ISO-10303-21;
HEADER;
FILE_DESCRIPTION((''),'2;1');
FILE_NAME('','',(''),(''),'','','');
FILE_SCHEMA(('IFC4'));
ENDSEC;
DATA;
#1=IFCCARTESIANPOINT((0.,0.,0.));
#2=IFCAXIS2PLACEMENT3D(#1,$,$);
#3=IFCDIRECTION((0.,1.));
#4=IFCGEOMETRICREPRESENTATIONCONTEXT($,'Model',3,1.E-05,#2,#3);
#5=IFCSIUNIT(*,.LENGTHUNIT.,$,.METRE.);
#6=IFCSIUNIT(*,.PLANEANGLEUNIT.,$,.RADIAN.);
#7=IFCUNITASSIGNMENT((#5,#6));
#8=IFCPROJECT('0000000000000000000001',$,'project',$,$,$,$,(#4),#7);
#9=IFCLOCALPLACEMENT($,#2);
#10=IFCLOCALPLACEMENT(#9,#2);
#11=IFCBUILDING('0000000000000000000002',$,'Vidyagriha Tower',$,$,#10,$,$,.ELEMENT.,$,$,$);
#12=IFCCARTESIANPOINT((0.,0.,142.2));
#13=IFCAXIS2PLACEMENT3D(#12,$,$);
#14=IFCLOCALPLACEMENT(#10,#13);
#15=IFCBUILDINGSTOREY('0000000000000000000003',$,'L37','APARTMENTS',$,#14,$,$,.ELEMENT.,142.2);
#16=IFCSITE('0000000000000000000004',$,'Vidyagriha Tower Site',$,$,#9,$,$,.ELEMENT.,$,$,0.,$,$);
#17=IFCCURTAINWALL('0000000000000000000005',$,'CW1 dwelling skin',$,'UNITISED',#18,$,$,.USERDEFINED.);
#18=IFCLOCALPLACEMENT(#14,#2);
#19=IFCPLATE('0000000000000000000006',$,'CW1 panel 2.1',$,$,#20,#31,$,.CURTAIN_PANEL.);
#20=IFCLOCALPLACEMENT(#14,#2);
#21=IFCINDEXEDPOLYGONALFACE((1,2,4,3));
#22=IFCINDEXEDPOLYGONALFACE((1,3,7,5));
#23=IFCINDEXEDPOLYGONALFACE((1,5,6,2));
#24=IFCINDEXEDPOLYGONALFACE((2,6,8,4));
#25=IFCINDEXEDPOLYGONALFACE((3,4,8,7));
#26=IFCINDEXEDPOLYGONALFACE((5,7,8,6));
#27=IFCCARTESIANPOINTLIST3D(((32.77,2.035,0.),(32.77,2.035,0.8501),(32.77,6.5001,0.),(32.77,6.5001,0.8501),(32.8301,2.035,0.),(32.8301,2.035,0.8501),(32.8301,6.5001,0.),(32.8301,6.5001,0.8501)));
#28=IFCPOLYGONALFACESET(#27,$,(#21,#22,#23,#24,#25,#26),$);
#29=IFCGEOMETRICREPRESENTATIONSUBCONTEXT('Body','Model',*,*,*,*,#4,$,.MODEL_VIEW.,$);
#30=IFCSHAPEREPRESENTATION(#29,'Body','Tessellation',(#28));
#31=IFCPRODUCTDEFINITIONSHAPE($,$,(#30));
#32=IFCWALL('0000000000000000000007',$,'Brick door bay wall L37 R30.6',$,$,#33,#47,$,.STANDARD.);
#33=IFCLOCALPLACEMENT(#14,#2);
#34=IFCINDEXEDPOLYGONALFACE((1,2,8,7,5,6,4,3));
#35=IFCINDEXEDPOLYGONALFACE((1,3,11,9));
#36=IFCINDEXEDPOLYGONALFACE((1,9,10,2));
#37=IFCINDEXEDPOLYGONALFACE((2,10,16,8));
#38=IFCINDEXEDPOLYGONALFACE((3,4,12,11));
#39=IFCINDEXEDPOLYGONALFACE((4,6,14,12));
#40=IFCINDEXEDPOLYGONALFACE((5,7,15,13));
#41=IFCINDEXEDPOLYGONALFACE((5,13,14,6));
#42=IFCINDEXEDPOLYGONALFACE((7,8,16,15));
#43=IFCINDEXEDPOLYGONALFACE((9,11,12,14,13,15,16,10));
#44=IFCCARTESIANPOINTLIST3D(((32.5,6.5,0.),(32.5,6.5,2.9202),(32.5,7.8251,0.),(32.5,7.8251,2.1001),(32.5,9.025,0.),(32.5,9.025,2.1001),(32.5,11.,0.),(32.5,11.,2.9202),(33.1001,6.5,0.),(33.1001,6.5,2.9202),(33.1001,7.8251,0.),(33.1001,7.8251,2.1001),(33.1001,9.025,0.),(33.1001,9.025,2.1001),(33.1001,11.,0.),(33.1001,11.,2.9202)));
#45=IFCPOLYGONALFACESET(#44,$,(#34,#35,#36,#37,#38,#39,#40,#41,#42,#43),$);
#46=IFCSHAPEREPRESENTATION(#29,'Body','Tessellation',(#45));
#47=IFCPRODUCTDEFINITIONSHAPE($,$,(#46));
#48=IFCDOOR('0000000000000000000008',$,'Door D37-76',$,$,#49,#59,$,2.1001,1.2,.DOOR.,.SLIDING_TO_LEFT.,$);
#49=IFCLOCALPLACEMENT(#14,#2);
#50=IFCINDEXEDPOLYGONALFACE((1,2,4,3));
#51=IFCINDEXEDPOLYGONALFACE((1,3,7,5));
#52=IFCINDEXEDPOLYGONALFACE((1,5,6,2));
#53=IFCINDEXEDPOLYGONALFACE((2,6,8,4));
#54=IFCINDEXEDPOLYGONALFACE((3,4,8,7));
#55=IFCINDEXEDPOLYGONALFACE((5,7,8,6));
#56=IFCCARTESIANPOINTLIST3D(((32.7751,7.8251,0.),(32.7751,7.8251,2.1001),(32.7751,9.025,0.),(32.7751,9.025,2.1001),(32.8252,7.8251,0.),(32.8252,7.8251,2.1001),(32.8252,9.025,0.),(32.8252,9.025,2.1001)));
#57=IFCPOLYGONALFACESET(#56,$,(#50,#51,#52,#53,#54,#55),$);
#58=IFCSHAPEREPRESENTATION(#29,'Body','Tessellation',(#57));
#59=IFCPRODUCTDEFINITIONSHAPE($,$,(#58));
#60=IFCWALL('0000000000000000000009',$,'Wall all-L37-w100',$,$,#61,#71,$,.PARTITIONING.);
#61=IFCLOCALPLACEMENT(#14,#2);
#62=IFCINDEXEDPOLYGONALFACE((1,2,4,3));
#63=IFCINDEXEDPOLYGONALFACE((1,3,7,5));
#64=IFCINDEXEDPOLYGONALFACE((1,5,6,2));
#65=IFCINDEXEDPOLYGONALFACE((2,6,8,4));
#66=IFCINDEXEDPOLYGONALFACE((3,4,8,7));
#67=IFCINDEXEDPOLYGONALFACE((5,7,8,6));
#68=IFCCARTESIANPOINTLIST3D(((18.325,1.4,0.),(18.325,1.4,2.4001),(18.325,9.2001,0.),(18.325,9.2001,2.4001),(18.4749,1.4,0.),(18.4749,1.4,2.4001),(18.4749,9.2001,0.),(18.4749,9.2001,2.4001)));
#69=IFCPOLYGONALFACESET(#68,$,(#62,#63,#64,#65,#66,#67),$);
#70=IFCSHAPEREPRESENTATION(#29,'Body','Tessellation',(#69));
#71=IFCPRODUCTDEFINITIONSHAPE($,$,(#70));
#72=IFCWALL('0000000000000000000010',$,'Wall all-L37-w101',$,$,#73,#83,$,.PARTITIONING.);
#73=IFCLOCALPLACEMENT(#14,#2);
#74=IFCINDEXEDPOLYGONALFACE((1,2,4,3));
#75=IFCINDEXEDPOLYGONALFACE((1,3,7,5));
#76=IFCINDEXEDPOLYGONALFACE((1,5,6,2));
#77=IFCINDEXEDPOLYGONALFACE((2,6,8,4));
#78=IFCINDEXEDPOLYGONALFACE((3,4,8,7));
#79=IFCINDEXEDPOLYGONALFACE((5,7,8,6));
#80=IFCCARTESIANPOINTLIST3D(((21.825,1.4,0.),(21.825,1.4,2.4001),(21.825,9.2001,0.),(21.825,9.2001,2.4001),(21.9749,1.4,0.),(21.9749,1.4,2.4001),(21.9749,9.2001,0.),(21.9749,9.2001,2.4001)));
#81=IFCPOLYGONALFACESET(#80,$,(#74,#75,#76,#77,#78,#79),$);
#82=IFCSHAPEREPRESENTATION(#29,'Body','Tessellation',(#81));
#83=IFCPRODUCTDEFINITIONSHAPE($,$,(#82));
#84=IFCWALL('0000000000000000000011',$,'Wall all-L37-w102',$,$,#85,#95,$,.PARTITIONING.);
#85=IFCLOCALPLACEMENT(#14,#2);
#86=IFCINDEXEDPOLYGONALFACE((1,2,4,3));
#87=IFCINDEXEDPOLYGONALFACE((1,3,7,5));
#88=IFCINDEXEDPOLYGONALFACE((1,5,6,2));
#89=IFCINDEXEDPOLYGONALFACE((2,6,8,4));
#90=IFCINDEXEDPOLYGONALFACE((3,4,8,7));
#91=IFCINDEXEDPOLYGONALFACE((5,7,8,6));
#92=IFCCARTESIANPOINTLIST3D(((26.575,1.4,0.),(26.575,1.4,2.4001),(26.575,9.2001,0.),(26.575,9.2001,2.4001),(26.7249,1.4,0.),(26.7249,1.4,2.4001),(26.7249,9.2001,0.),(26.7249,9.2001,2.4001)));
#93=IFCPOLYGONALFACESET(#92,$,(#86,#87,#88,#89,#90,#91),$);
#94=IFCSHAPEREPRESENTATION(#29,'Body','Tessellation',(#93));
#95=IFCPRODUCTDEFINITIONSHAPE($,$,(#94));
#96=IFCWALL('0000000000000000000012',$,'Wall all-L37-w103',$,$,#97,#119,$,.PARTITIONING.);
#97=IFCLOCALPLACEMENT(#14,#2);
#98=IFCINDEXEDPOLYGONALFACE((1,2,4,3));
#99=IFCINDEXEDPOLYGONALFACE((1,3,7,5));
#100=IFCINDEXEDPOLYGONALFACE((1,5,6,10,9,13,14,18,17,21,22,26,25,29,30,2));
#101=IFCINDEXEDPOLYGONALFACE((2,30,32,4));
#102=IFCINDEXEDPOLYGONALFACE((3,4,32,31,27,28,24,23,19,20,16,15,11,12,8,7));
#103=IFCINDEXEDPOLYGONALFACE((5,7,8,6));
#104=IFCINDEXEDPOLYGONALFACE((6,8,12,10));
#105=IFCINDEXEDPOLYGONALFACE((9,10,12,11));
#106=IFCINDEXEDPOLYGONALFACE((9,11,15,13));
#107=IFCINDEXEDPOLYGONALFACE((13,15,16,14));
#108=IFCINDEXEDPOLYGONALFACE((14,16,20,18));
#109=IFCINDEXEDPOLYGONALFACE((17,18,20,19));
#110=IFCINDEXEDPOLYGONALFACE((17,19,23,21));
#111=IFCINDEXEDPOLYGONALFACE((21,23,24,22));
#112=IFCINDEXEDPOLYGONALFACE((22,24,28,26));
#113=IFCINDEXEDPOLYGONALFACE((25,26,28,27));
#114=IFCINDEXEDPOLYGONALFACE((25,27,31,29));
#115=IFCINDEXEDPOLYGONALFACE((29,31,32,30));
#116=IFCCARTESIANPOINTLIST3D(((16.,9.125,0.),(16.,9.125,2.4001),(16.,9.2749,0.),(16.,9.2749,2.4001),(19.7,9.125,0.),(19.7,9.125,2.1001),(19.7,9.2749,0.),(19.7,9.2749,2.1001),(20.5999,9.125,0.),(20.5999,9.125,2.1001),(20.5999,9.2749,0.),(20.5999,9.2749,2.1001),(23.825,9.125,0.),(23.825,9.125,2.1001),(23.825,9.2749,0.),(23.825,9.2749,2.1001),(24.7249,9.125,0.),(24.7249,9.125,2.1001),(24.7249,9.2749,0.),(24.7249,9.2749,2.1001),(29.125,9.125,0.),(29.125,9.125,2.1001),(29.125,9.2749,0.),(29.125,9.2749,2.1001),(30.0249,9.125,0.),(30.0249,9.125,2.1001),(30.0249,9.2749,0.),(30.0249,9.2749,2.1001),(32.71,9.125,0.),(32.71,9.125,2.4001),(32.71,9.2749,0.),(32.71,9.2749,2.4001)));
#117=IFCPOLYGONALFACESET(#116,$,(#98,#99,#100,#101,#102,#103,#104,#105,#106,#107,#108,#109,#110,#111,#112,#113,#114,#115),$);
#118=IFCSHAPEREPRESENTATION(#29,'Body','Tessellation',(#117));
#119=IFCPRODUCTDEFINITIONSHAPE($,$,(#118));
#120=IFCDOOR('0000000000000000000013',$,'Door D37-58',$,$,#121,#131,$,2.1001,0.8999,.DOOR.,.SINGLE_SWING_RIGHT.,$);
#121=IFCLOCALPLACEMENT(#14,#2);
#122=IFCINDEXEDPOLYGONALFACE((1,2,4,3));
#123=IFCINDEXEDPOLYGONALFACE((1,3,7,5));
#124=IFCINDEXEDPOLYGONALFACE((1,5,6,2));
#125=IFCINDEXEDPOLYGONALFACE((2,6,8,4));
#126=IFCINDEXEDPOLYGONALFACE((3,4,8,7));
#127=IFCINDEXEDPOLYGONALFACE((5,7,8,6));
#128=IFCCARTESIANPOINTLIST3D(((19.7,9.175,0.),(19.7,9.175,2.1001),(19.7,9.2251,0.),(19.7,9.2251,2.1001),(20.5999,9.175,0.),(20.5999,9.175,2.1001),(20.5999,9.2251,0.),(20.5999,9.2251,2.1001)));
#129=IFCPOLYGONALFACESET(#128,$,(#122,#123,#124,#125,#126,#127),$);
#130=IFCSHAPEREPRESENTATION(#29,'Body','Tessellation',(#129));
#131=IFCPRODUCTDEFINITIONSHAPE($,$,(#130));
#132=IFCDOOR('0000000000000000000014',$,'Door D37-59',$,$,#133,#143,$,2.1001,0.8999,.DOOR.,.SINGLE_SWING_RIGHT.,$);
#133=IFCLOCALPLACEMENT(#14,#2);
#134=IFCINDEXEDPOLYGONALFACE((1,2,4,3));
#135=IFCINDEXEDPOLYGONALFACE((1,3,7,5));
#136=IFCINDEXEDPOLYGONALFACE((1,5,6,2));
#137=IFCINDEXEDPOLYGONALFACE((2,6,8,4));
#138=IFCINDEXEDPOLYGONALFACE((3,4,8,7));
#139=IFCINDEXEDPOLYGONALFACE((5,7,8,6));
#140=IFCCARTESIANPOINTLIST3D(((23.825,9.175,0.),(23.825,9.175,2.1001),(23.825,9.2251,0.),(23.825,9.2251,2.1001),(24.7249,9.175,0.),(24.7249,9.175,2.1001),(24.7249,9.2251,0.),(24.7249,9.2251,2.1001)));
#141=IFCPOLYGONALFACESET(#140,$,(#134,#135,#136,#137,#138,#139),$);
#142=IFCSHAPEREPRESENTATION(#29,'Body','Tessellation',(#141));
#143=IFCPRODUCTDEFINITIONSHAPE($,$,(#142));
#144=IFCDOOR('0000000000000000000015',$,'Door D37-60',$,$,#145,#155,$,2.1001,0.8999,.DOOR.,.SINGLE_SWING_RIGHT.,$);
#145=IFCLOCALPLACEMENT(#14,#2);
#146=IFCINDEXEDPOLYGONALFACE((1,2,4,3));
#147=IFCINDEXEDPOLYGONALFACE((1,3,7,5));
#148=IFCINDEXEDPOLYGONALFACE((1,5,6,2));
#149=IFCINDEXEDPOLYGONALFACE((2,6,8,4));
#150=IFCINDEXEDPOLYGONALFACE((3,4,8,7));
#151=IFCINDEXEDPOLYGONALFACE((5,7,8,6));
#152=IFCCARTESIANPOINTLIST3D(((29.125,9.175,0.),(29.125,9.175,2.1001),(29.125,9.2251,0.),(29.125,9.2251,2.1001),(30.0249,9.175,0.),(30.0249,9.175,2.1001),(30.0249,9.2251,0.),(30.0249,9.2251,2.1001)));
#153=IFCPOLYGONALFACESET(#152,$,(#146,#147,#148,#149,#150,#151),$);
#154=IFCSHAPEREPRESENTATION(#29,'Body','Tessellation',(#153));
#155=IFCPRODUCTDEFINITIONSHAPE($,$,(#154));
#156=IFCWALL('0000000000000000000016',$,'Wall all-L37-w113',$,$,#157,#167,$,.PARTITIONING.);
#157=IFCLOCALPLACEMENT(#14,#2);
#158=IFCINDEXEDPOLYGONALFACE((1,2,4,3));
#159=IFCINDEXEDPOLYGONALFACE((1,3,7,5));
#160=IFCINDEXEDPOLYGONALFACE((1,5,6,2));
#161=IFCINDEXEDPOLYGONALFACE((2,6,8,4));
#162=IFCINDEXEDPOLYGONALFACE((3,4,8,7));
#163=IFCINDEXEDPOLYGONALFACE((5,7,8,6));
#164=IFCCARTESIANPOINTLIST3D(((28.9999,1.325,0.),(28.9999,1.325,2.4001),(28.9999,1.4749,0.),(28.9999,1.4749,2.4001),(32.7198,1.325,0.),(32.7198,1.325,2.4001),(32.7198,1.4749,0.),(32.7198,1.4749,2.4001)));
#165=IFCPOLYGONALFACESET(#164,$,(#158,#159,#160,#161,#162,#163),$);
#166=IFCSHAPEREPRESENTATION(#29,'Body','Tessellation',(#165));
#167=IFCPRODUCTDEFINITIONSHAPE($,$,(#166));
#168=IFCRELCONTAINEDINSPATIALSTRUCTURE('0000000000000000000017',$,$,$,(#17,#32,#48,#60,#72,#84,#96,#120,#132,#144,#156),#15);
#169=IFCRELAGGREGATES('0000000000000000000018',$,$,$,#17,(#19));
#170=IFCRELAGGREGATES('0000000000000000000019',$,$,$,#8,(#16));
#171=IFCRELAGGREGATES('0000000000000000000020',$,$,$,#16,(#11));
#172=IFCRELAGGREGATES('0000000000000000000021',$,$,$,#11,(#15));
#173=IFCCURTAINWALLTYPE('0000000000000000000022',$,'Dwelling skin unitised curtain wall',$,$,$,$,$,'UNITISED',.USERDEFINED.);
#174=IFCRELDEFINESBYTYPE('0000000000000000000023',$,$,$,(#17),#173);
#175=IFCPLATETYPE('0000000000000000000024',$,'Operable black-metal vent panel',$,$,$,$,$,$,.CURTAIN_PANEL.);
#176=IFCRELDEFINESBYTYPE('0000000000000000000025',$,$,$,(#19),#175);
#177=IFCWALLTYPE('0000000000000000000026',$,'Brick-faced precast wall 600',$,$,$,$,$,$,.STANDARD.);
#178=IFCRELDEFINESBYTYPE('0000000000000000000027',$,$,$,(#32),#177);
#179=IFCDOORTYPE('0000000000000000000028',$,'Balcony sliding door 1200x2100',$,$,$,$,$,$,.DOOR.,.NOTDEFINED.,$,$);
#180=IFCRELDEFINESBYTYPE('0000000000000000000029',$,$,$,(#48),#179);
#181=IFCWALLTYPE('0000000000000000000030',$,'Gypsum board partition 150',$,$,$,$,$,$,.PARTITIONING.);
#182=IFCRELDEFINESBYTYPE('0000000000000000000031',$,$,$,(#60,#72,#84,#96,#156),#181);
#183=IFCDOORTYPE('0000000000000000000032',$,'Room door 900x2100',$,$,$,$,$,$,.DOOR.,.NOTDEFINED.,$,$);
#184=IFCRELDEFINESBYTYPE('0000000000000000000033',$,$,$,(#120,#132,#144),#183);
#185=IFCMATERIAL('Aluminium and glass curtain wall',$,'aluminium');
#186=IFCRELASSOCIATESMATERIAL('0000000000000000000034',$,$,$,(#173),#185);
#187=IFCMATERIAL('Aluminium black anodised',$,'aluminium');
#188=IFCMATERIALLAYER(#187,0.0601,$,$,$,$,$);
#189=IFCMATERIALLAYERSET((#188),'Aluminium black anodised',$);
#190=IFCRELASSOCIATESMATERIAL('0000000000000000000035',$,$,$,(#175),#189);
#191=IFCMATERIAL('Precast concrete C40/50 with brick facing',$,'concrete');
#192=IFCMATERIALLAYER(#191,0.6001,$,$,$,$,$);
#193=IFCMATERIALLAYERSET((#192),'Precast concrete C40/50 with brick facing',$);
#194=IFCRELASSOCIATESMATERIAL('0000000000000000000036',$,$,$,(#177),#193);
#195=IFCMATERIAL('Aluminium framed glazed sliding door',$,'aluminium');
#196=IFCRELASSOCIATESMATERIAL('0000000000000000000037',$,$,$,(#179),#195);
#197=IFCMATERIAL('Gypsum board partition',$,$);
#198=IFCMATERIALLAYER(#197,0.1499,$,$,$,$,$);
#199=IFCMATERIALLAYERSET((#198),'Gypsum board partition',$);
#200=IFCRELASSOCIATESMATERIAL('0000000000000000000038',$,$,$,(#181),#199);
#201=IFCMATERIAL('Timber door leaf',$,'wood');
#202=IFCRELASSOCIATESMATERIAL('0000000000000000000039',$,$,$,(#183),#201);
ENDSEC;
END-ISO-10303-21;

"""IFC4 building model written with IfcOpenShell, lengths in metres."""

from ifc_helpers import new_model, si_unit, direction, frame, frame_2d, origin, origin_2d, place, context, subcontext, project, spatial, rectangle, extrude, material, layer, layer_set, type_object, element, fill, aggregate, save


model = new_model("IFC4")

# Units and contexts
model_context = context("Model", 3, precision=1e-05, world=origin(), true_north=direction((0.0, 1.0)))
body_context = subcontext(model_context, "Body", "Model", "MODEL_VIEW")
ifc_project = project(units=[si_unit("LENGTHUNIT", "METRE"), si_unit("PLANEANGLEUNIT", "RADIAN")], contexts=[model_context])

# Site, building, storey
site_placement = place(None, origin())
site = spatial("IfcSite", under=ifc_project, at=site_placement, Name="Vidyagriha Tower Site", CompositionType="ELEMENT", RefElevation=0.0)
building_placement = place(site_placement, origin())
building = spatial("IfcBuilding", under=site, at=building_placement, Name="Vidyagriha Tower", CompositionType="ELEMENT")
storey_placement = place(building_placement, frame((0.0, 0.0, 142.2)))
storey = spatial("IfcBuildingStorey", under=building, at=storey_placement, Name="L37", Description="APARTMENTS", CompositionType="ELEMENT", Elevation=142.2)

# Curtain wall
ifc_material_1 = material(Name="Aluminium and glass curtain wall", Category="aluminium")
curtain_wall_type = type_object("IfcCurtainWallType", Name="Dwelling skin unitised curtain wall", ElementType="UNITISED", PredefinedType="USERDEFINED", material=ifc_material_1)
curtain_wall_1_placement = place(storey_placement, origin())
curtain_wall_1 = element("IfcCurtainWall", 1, at=curtain_wall_1_placement, inside=storey, type_object=curtain_wall_type, Name="CW1 dwelling skin", ObjectType="UNITISED", PredefinedType="USERDEFINED")

# Plate
ifc_material_2 = material(Name="Aluminium black anodised", Category="aluminium")
ifc_layer_1 = layer(ifc_material_2, 0.0601)
ifc_layer_set_1 = layer_set([ifc_layer_1], Name="Aluminium black anodised")
plate_type_1 = type_object("IfcPlateType", Name="Operable black-metal vent panel", PredefinedType="CURTAIN_PANEL", material=ifc_layer_set_1)
plate_1_placement = place(storey_placement, frame((32.8, 4.2676, 0.0), z_axis=(0.0, 0.0, 1.0), x_axis=(0.0, 1.0, 0.0)))
plate_1 = element("IfcPlate", 2, at=plate_1_placement, type_object=plate_type_1, Name="CW1 panel 2.1", PredefinedType="CURTAIN_PANEL", context=body_context, shape_type="SweptSolid", body=[
    extrude(rectangle(XDim=4.4651, YDim=0.0601, at=origin_2d()), origin(), (0.0, 0.0, 1.0), 0.8501),
])
aggregate(curtain_wall_1, [plate_1])

# Wall, opening, door
ifc_material_3 = material(Name="Precast concrete C40/50 with brick facing", Category="concrete")
ifc_layer_2 = layer(ifc_material_3, 0.6001)
ifc_layer_set_2 = layer_set([ifc_layer_2], Name="Precast concrete C40/50 with brick facing")
wall_type_1 = type_object("IfcWallType", Name="Brick-faced precast wall 600", PredefinedType="STANDARD", material=ifc_layer_set_2)
wall_1_placement = place(storey_placement, frame((32.8, 6.5, 0.0), z_axis=(0.0, 0.0, 1.0), x_axis=(0.0, 1.0, 0.0)))
wall_1 = element("IfcWall", 3, at=wall_1_placement, inside=storey, type_object=wall_type_1, Name="Brick door bay wall L37 R30.6", PredefinedType="STANDARD", context=body_context, shape_type="SweptSolid", body=[
    extrude(rectangle(XDim=4.5, YDim=0.6001, at=frame_2d((2.25, 0.0))), origin(), (0.0, 0.0, 1.0), 2.9202),
])
opening_1_placement = place(wall_1_placement, frame((1.325, 0.0, 0.0)))
opening_1 = element("IfcOpeningElement", 4, at=opening_1_placement, cuts=wall_1, PredefinedType="OPENING", context=body_context, shape_type="SweptSolid", body=[
    extrude(rectangle(XDim=1.2, YDim=2.1001, at=frame_2d((0.6001, 1.05))), frame((0.0, 0.3101, 0.0), z_axis=(0.0, -1.0, 0.0), x_axis=(1.0, 0.0, 0.0)), (0.0, 0.0, 1.0), 0.6201),
])
ifc_material_4 = material(Name="Aluminium framed glazed sliding door", Category="aluminium")
door_type_1 = type_object("IfcDoorType", Name="Balcony sliding door 1200x2100", OperationType="NOTDEFINED", PredefinedType="DOOR", material=ifc_material_4)
door_1_placement = place(opening_1_placement, origin())
door_1 = element("IfcDoor", 5, at=door_1_placement, inside=storey, type_object=door_type_1, Name="Door D37-76", OperationType="SLIDING_TO_LEFT", OverallHeight=2.1001, OverallWidth=1.2, PredefinedType="DOOR", context=body_context, shape_type="SweptSolid", body=[
    extrude(rectangle(XDim=1.2, YDim=2.1001, at=frame_2d((0.6001, 1.05))), frame((0.0, 0.0249, 0.0), z_axis=(0.0, -1.0, 0.0), x_axis=(1.0, 0.0, 0.0)), (0.0, 0.0, 1.0), 0.05),
])
fill(opening_1, door_1)

# Walls
ifc_material_5 = material(Name="Gypsum board partition")
ifc_layer_3 = layer(ifc_material_5, 0.1499)
ifc_layer_set_3 = layer_set([ifc_layer_3], Name="Gypsum board partition")
wall_type_2 = type_object("IfcWallType", Name="Gypsum board partition 150", PredefinedType="PARTITIONING", material=ifc_layer_set_3)
for number, where, z_axis, x_axis, name in (
    (6, (18.3999, 9.2, 0.0), (0.0, 0.0, 1.0), (0.0, -1.0, 0.0), "Wall all-L37-w100"),
    (7, (21.8999, 9.2, 0.0), (0.0, 0.0, 1.0), (0.0, -1.0, 0.0), "Wall all-L37-w101"),
    (8, (26.6499, 9.2, 0.0), (0.0, 0.0, 1.0), (0.0, -1.0, 0.0), "Wall all-L37-w102"),
):
    element("IfcWall", number, at=place(storey_placement, frame(where, z_axis=z_axis, x_axis=x_axis)), inside=storey, type_object=wall_type_2, Name=name, PredefinedType="PARTITIONING", context=body_context, shape_type="SweptSolid", body=[
        extrude(rectangle(XDim=7.8, YDim=0.1499, at=frame_2d((3.8999, 0.0))), origin(), (0.0, 0.0, 1.0), 2.4001),
    ])

# Wall, openings, doors
wall_2_placement = place(storey_placement, frame((32.71, 9.2, 0.0), z_axis=(0.0, 0.0, 1.0), x_axis=(-1.0, 0.0, 0.0)))
wall_2 = element("IfcWall", 9, at=wall_2_placement, inside=storey, type_object=wall_type_2, Name="Wall all-L37-w103", PredefinedType="PARTITIONING", context=body_context, shape_type="SweptSolid", body=[
    extrude(rectangle(XDim=16.71, YDim=0.1499, at=frame_2d((8.355, 0.0))), origin(), (0.0, 0.0, 1.0), 2.4001),
])
opening_2_placement = place(wall_2_placement, frame((12.1101, 0.0, 0.0)))
opening_2 = element("IfcOpeningElement", 10, at=opening_2_placement, cuts=wall_2, PredefinedType="OPENING", context=body_context, shape_type="SweptSolid", body=[
    extrude(rectangle(XDim=0.8999, YDim=2.1001, at=frame_2d((0.45, 1.05))), frame((0.0, 0.085, 0.0), z_axis=(0.0, -1.0, 0.0), x_axis=(1.0, 0.0, 0.0)), (0.0, 0.0, 1.0), 0.1699),
])
opening_3_placement = place(wall_2_placement, frame((7.9851, 0.0, 0.0)))
opening_3 = element("IfcOpeningElement", 11, at=opening_3_placement, cuts=wall_2, PredefinedType="OPENING", context=body_context, shape_type="SweptSolid", body=[
    extrude(rectangle(XDim=0.8999, YDim=2.1001, at=frame_2d((0.45, 1.05))), frame((0.0, 0.085, 0.0), z_axis=(0.0, -1.0, 0.0), x_axis=(1.0, 0.0, 0.0)), (0.0, 0.0, 1.0), 0.1699),
])
opening_4_placement = place(wall_2_placement, frame((2.6851, 0.0, 0.0)))
opening_4 = element("IfcOpeningElement", 12, at=opening_4_placement, cuts=wall_2, PredefinedType="OPENING", context=body_context, shape_type="SweptSolid", body=[
    extrude(rectangle(XDim=0.8999, YDim=2.1001, at=frame_2d((0.45, 1.05))), frame((0.0, 0.085, 0.0), z_axis=(0.0, -1.0, 0.0), x_axis=(1.0, 0.0, 0.0)), (0.0, 0.0, 1.0), 0.1699),
])
ifc_material_6 = material(Name="Timber door leaf", Category="wood")
door_type_2 = type_object("IfcDoorType", Name="Room door 900x2100", OperationType="NOTDEFINED", PredefinedType="DOOR", material=ifc_material_6)
door_2_placement = place(opening_2_placement, origin())
door_2 = element("IfcDoor", 13, at=door_2_placement, inside=storey, type_object=door_type_2, Name="Door D37-58", OperationType="SINGLE_SWING_RIGHT", OverallHeight=2.1001, OverallWidth=0.8999, PredefinedType="DOOR", context=body_context, shape_type="SweptSolid", body=[
    extrude(rectangle(XDim=0.8999, YDim=2.1001, at=frame_2d((0.45, 1.05))), frame((0.0, 0.0249, 0.0), z_axis=(0.0, -1.0, 0.0), x_axis=(1.0, 0.0, 0.0)), (0.0, 0.0, 1.0), 0.05),
])
fill(opening_2, door_2)
door_3_placement = place(opening_3_placement, origin())
door_3 = element("IfcDoor", 14, at=door_3_placement, inside=storey, type_object=door_type_2, Name="Door D37-59", OperationType="SINGLE_SWING_RIGHT", OverallHeight=2.1001, OverallWidth=0.8999, PredefinedType="DOOR", context=body_context, shape_type="SweptSolid", body=[
    extrude(rectangle(XDim=0.8999, YDim=2.1001, at=frame_2d((0.45, 1.05))), frame((0.0, 0.0249, 0.0), z_axis=(0.0, -1.0, 0.0), x_axis=(1.0, 0.0, 0.0)), (0.0, 0.0, 1.0), 0.05),
])
fill(opening_3, door_3)
door_4_placement = place(opening_4_placement, origin())
door_4 = element("IfcDoor", 15, at=door_4_placement, inside=storey, type_object=door_type_2, Name="Door D37-60", OperationType="SINGLE_SWING_RIGHT", OverallHeight=2.1001, OverallWidth=0.8999, PredefinedType="DOOR", context=body_context, shape_type="SweptSolid", body=[
    extrude(rectangle(XDim=0.8999, YDim=2.1001, at=frame_2d((0.45, 1.05))), frame((0.0, 0.0249, 0.0), z_axis=(0.0, -1.0, 0.0), x_axis=(1.0, 0.0, 0.0)), (0.0, 0.0, 1.0), 0.05),
])
fill(opening_4, door_4)

# Wall
wall_3_placement = place(storey_placement, frame((29.0, 1.3999, 0.0)))
element("IfcWall", 16, at=wall_3_placement, inside=storey, type_object=wall_type_2, Name="Wall all-L37-w113", PredefinedType="PARTITIONING", context=body_context, shape_type="SweptSolid", body=[
    extrude(rectangle(XDim=3.72, YDim=0.1499, at=frame_2d((1.8599, 0.0))), origin(), (0.0, 0.0, 1.0), 2.4001),
])

save(model, "model.ifc")
